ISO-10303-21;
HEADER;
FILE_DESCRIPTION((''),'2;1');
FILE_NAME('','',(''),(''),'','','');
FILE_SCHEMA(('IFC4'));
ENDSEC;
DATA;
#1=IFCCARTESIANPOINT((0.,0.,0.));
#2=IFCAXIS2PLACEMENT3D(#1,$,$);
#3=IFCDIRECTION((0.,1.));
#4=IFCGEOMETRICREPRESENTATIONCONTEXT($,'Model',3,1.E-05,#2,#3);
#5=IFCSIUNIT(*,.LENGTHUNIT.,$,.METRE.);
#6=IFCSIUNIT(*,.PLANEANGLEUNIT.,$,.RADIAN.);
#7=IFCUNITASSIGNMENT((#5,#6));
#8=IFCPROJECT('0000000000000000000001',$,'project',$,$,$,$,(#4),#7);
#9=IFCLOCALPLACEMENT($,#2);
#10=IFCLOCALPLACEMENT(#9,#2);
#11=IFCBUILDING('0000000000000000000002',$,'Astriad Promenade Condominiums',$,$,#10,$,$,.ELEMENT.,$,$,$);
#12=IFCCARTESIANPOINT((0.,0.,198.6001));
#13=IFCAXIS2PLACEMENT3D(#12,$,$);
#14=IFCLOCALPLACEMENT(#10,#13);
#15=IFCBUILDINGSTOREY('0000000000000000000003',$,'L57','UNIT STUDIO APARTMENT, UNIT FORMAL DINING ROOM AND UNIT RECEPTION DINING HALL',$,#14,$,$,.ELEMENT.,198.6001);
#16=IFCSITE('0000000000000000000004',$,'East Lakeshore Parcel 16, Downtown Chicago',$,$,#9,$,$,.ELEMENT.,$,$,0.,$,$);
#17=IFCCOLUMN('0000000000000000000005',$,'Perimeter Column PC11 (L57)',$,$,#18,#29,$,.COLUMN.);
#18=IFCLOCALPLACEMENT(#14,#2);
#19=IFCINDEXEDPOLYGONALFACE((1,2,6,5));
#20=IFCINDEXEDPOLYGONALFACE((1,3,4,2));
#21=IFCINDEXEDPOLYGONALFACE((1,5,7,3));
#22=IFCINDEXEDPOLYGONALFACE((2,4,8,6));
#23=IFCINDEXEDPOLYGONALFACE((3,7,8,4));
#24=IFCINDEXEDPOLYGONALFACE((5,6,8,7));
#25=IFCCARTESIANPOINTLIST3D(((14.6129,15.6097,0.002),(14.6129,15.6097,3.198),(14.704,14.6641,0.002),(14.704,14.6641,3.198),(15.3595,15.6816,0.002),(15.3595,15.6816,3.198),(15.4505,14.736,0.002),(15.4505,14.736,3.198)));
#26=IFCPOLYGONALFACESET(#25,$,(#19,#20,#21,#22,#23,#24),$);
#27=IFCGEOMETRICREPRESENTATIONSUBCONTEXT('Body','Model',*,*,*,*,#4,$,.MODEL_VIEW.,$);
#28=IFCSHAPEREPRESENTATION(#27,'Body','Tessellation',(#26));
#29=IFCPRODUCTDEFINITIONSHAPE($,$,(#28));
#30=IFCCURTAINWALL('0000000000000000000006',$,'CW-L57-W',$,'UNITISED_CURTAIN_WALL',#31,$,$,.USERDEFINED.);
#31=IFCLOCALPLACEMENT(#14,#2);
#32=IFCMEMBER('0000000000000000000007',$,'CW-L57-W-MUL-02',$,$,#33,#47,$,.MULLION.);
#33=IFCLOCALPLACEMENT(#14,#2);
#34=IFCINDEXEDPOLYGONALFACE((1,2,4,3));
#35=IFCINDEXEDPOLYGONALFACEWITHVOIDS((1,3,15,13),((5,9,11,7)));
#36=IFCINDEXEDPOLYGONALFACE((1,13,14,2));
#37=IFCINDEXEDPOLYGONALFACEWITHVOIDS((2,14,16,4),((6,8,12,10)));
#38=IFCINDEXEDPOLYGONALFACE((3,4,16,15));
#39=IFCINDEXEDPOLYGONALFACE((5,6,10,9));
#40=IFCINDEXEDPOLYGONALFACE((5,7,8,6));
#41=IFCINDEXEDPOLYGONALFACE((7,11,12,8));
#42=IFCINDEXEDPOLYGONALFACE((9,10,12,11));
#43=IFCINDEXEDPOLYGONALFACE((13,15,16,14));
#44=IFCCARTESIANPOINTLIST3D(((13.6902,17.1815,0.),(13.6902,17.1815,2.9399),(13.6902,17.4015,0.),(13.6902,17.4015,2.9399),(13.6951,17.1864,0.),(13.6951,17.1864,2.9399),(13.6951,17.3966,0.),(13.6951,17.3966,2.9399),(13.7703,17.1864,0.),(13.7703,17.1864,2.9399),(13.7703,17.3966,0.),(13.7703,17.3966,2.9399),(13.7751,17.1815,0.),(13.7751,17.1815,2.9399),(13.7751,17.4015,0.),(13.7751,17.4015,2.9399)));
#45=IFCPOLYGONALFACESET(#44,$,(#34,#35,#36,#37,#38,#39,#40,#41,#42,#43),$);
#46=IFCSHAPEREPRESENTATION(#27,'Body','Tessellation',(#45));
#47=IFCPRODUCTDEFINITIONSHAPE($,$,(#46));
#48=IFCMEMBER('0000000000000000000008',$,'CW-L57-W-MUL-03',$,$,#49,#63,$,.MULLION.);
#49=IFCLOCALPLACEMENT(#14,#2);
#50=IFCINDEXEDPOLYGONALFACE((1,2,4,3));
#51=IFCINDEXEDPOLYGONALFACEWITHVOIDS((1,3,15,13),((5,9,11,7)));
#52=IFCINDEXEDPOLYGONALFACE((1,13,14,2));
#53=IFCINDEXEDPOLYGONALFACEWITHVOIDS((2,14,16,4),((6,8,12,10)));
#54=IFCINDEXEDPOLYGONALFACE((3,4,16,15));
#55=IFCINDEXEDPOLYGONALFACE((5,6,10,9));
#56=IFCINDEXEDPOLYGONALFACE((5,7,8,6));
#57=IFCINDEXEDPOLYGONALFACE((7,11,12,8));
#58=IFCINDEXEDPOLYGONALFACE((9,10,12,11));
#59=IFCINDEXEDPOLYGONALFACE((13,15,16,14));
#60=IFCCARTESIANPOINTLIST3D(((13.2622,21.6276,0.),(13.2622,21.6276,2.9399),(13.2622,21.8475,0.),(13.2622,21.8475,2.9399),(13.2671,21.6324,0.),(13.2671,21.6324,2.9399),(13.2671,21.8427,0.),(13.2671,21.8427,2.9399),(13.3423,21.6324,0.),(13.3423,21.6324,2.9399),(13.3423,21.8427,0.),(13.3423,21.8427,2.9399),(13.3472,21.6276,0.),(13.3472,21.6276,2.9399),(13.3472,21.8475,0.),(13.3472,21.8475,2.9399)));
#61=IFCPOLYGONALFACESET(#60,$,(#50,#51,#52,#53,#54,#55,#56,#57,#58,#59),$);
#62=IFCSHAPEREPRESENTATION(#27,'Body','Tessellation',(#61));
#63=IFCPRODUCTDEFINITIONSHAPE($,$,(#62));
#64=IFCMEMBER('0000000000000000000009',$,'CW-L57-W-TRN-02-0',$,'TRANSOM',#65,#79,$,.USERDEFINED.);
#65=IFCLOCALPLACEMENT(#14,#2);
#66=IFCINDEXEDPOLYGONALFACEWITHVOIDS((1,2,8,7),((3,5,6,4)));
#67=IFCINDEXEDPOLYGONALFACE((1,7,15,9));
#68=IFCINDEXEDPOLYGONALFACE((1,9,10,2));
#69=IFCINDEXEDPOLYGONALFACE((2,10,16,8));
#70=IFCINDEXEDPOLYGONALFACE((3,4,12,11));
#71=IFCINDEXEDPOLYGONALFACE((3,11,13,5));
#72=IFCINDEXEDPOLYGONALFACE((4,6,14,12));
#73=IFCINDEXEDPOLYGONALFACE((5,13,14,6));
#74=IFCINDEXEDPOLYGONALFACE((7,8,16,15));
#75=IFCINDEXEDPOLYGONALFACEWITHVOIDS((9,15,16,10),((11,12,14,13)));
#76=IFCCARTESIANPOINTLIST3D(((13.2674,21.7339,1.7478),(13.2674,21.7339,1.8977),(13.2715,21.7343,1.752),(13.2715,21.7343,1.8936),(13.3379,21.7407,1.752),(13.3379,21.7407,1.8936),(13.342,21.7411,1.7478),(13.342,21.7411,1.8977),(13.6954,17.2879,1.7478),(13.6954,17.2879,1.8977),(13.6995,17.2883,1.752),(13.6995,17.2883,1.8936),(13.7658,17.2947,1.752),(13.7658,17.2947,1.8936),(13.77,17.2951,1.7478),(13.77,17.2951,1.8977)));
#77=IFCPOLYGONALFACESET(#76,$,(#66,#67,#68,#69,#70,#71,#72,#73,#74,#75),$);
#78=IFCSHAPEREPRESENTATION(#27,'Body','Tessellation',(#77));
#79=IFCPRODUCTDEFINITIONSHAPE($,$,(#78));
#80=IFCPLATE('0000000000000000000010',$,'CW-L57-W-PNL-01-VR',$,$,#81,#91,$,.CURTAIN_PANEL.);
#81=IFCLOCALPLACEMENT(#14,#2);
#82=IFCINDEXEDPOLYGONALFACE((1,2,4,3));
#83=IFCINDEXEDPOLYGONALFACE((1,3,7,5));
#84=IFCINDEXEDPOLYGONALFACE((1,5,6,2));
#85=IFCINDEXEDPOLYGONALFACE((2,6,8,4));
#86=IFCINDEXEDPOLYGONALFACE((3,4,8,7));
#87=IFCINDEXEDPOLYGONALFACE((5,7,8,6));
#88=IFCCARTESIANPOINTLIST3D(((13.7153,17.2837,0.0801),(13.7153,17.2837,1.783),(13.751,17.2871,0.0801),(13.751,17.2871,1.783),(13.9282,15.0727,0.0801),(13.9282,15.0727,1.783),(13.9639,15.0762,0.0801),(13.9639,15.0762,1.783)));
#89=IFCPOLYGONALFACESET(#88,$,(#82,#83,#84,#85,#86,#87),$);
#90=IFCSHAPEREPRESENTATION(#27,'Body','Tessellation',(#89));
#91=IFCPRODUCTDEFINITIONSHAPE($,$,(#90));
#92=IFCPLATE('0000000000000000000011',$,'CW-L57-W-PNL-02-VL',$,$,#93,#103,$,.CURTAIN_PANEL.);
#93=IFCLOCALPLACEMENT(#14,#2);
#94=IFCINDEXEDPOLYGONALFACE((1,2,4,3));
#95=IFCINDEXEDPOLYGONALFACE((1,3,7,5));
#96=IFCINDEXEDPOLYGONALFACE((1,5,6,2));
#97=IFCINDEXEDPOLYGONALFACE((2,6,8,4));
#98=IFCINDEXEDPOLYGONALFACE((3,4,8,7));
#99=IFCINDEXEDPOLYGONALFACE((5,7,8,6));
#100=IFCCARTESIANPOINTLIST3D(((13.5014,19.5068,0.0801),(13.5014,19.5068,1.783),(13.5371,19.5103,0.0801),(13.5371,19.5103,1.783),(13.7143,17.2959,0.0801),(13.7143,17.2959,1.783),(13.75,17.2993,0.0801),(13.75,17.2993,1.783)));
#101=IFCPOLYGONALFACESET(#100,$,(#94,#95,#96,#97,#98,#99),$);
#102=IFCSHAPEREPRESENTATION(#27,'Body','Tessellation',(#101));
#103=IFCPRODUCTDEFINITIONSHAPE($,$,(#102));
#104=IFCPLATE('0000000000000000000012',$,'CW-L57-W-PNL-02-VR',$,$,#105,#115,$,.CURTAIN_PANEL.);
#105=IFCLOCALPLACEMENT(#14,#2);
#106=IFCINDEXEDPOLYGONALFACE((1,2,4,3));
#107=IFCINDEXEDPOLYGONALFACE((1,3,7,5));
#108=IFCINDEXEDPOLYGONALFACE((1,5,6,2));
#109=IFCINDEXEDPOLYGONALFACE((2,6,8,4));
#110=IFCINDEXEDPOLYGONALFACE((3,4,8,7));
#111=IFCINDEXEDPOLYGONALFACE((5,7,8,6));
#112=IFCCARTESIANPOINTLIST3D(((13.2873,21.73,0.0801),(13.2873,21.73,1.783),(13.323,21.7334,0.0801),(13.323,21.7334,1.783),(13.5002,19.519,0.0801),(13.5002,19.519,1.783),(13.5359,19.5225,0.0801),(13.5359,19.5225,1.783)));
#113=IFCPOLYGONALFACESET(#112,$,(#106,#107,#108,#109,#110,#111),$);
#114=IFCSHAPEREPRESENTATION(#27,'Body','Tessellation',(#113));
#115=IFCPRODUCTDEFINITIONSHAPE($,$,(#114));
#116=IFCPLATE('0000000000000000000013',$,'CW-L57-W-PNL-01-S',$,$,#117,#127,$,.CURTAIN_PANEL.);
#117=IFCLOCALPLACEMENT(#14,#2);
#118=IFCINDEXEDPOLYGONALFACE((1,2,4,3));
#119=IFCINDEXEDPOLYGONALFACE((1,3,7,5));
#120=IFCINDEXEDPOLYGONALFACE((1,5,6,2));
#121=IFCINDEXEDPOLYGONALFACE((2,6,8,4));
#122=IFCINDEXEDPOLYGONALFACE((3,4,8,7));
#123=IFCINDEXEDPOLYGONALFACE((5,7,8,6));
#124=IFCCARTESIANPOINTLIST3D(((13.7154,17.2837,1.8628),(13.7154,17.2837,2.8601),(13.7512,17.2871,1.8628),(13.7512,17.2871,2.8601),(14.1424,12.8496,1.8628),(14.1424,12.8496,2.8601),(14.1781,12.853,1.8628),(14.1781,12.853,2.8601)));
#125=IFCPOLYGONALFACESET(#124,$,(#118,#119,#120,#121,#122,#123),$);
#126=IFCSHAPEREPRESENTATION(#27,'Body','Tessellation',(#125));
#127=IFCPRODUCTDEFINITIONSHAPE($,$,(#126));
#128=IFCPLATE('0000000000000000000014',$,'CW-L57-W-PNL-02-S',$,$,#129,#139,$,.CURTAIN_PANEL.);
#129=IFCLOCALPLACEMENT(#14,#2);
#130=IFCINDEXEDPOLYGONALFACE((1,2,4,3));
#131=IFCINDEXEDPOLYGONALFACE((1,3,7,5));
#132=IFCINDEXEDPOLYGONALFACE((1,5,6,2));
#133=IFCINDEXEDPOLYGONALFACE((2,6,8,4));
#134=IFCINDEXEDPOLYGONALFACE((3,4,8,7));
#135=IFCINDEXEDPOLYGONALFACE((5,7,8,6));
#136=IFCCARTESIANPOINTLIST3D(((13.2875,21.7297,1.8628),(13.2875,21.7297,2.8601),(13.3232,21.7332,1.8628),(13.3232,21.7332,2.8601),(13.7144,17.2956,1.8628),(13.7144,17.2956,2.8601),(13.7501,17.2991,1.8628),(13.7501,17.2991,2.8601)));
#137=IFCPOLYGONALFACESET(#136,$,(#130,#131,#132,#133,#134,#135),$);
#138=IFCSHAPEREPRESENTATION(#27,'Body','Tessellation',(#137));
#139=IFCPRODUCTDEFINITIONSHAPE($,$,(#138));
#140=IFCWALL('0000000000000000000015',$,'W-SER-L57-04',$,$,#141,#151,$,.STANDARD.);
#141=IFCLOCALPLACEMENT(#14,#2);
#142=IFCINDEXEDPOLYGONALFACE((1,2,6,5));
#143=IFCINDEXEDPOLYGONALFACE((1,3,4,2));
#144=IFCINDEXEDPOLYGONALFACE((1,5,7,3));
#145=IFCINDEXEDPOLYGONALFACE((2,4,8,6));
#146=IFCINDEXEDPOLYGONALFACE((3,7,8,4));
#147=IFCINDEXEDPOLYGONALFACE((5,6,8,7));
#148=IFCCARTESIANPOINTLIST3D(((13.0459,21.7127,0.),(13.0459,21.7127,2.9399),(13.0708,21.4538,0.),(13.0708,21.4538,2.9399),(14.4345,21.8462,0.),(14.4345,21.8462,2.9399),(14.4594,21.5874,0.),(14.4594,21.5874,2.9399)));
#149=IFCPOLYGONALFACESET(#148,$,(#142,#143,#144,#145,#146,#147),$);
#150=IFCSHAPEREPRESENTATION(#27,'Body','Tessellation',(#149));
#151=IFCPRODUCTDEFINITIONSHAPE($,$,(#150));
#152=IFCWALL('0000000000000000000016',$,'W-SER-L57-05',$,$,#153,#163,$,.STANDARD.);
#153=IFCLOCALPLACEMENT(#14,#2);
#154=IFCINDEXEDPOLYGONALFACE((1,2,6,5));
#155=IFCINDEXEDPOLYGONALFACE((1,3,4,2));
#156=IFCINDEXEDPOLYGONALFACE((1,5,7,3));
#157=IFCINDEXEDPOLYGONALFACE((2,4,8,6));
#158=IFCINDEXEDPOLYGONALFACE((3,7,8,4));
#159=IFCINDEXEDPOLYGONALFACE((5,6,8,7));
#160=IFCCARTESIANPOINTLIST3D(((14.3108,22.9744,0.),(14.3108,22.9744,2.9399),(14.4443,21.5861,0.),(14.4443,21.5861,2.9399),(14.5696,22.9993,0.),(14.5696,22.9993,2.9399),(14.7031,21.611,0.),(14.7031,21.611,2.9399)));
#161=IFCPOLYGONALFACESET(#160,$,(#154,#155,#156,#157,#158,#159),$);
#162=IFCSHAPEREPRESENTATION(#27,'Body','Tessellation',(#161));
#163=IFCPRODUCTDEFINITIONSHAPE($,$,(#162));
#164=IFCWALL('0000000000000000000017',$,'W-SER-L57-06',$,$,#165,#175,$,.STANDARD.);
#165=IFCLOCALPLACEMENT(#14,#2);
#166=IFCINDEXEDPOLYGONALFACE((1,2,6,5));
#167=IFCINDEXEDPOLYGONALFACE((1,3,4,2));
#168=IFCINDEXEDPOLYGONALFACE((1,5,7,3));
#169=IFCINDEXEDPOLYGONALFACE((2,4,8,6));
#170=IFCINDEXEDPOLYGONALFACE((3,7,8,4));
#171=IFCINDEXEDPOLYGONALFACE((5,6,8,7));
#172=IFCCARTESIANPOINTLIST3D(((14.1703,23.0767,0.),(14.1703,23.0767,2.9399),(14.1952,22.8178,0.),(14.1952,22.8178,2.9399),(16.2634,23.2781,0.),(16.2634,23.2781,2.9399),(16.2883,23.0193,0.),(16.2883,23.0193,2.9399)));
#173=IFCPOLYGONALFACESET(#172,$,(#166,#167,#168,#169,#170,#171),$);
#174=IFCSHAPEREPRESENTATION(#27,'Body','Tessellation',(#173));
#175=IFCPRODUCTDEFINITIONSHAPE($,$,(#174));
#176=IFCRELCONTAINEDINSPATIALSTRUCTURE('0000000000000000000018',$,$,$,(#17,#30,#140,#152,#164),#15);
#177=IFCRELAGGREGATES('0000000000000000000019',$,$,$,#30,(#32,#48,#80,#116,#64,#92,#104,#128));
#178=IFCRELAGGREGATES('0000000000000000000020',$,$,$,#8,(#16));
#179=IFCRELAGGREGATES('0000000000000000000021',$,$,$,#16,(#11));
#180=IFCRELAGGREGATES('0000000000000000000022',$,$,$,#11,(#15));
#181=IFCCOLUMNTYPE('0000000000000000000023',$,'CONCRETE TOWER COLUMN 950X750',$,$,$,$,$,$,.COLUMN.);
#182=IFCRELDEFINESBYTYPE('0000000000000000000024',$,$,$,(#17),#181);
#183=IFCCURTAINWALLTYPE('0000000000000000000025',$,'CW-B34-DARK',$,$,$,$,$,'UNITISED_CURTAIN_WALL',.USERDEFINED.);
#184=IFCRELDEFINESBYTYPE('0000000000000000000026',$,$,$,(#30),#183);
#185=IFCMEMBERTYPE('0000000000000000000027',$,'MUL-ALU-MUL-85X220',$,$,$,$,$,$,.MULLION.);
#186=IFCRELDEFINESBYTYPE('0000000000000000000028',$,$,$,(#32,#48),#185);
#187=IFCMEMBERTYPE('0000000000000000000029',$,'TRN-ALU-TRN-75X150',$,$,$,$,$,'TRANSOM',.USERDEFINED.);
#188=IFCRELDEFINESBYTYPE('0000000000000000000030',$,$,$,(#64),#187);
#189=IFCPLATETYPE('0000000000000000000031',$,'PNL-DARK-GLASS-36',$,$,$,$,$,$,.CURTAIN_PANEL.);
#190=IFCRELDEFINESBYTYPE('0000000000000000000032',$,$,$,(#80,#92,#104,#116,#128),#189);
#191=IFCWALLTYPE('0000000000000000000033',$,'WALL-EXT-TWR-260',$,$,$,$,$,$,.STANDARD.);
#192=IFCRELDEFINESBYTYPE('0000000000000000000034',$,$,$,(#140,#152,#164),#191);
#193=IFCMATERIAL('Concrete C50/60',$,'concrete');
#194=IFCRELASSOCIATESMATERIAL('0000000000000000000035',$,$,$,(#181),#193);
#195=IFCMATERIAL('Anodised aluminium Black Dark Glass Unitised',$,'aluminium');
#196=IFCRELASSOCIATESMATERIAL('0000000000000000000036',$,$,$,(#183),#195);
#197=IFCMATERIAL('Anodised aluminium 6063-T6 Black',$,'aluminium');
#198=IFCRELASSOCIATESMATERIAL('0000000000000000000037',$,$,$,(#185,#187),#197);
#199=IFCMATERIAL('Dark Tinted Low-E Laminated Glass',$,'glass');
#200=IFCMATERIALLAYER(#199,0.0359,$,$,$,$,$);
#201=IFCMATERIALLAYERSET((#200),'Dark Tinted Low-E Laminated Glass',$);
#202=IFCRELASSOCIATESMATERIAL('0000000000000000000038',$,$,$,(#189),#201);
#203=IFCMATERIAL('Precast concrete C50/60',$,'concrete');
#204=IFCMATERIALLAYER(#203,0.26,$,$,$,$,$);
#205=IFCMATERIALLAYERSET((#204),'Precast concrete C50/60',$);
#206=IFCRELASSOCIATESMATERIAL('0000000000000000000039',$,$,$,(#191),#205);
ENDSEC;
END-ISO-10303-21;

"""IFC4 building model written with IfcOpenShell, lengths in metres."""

from ifc_helpers import new_model, si_unit, direction, frame, frame_2d, origin, origin_2d, place, context, subcontext, project, spatial, rectangle, hollow_rectangle, extrude, source, transform, mapped, material, layer, layer_set, material_profile, profile_set, type_object, type_shapes, element, aggregate, save


model = new_model("IFC4")

# Units and contexts
model_context = context("Model", 3, precision=1e-05, world=origin(), true_north=direction((0.0, 1.0)))
body_context = subcontext(model_context, "Body", "Model", "MODEL_VIEW")
ifc_project = project(units=[si_unit("LENGTHUNIT", "METRE"), si_unit("PLANEANGLEUNIT", "RADIAN")], contexts=[model_context])

# Site, building, storey
site_placement = place(None, origin())
site = spatial("IfcSite", under=ifc_project, at=site_placement, Name="East Lakeshore Parcel 16, Downtown Chicago", CompositionType="ELEMENT", RefElevation=0.0)
building_placement = place(site_placement, origin())
building = spatial("IfcBuilding", under=site, at=building_placement, Name="Astriad Promenade Condominiums", CompositionType="ELEMENT")
storey_placement = place(building_placement, frame((0.0, 0.0, 198.6001)))
storey = spatial("IfcBuildingStorey", under=building, at=storey_placement, Name="L57", Description="UNIT STUDIO APARTMENT, UNIT FORMAL DINING ROOM AND UNIT RECEPTION DINING HALL", CompositionType="ELEMENT", Elevation=198.6001)

# Column
ifc_material_1 = material(Name="Concrete C50/60", Category="concrete")
ifc_material_profile_1 = material_profile(ifc_material_1, rectangle(XDim=0.75, YDim=0.95, at=origin_2d()), Name="RC-COL-950X750")
ifc_profile_set_1 = profile_set([ifc_material_profile_1], Name="Concrete C50/60")
column_type = type_object("IfcColumnType", Name="CONCRETE TOWER COLUMN 950X750", PredefinedType="COLUMN", material=ifc_profile_set_1)
shared_shape_1 = source(origin(), body_context, "Body", "SweptSolid", [
    extrude(rectangle(XDim=0.75, YDim=0.95, at=origin_2d()), origin(), (0.0, 0.0, 1.0), 3.196),
])
type_shapes(column_type, [shared_shape_1])
column_placement = place(storey_placement, frame((15.0317, 15.1729, 0.002), z_axis=(0.0, 0.0, 1.0), x_axis=(0.995396, 0.095846, 0.0)))
element("IfcColumn", 1, at=column_placement, inside=storey, type_object=column_type, Name="Perimeter Column PC11 (L57)", PredefinedType="COLUMN", context=body_context, shape_type="MappedRepresentation", body=[
    mapped(shared_shape_1, transform((0.0, 0.0, 0.0), scale=1.0)),
])

# Curtain wall, members, plates
ifc_material_2 = material(Name="Anodised aluminium Black Dark Glass Unitised", Category="aluminium")
curtain_wall_type = type_object("IfcCurtainWallType", Name="CW-B34-DARK", ElementType="UNITISED_CURTAIN_WALL", PredefinedType="USERDEFINED", material=ifc_material_2)
curtain_wall_placement = place(storey_placement, origin())
curtain_wall = element("IfcCurtainWall", 2, at=curtain_wall_placement, inside=storey, type_object=curtain_wall_type, Name="CW-L57-W", ObjectType="UNITISED_CURTAIN_WALL", PredefinedType="USERDEFINED")
ifc_material_3 = material(Name="Anodised aluminium 6063-T6 Black", Category="aluminium")
ifc_material_profile_2 = material_profile(ifc_material_3, hollow_rectangle(XDim=0.085, YDim=0.22, WallThickness=0.0049, at=origin_2d()), Name="ALU-MUL-85X220")
ifc_profile_set_2 = profile_set([ifc_material_profile_2], Name="Anodised aluminium 6063-T6 Black")
member_type_1 = type_object("IfcMemberType", Name="MUL-ALU-MUL-85X220", PredefinedType="MULLION", material=ifc_profile_set_2)
shared_shape_2 = source(origin(), body_context, "Body", "SweptSolid", [
    extrude(hollow_rectangle(XDim=0.085, YDim=0.22, WallThickness=0.0049, at=origin_2d()), origin(), (0.0, 0.0, 1.0), 2.9399),
])
type_shapes(member_type_1, [shared_shape_2])
member_1_placement = place(storey_placement, frame((13.7327, 17.2915, 0.0), z_axis=(0.0, 0.0, 1.0), x_axis=(1.0, 0.0, 0.0)))
member_1 = element("IfcMember", 3, at=member_1_placement, type_object=member_type_1, Name="CW-L57-W-MUL-02", PredefinedType="MULLION", context=body_context, shape_type="MappedRepresentation", body=[
    mapped(shared_shape_2, transform((0.0, 0.0, 0.0), scale=1.0)),
])
member_2_placement = place(storey_placement, frame((13.3047, 21.7375, 0.0), z_axis=(0.0, 0.0, 1.0), x_axis=(1.0, 0.0, 0.0)))
member_2 = element("IfcMember", 4, at=member_2_placement, type_object=member_type_1, Name="CW-L57-W-MUL-03", PredefinedType="MULLION", context=body_context, shape_type="MappedRepresentation", body=[
    mapped(shared_shape_2, transform((0.0, 0.0, 0.0), scale=1.0)),
])
ifc_material_profile_3 = material_profile(ifc_material_3, hollow_rectangle(XDim=0.075, YDim=0.1499, WallThickness=0.0042, at=origin_2d()), Name="ALU-TRN-75X150")
ifc_profile_set_3 = profile_set([ifc_material_profile_3], Name="Anodised aluminium 6063-T6 Black")
member_type_2 = type_object("IfcMemberType", Name="TRN-ALU-TRN-75X150", ElementType="TRANSOM", PredefinedType="USERDEFINED", material=ifc_profile_set_3)
shared_shape_3 = source(origin(), body_context, "Body", "SweptSolid", [
    extrude(hollow_rectangle(XDim=0.075, YDim=0.1499, WallThickness=0.0042, at=origin_2d()), origin(), (0.0, 0.0, 1.0), 4.4666),
])
type_shapes(member_type_2, [shared_shape_3])
member_3_placement = place(storey_placement, frame((13.7327, 17.2915, 1.8228), z_axis=(-0.095818, 0.995399, 0.0), x_axis=(-0.995399, -0.095818, 0.0)))
member_3 = element("IfcMember", 5, at=member_3_placement, type_object=member_type_2, Name="CW-L57-W-TRN-02-0", ObjectType="TRANSOM", PredefinedType="USERDEFINED", context=body_context, shape_type="MappedRepresentation", body=[
    mapped(shared_shape_3, transform((0.0, 0.0, 0.0), scale=1.0)),
])
ifc_material_4 = material(Name="Dark Tinted Low-E Laminated Glass", Category="glass")
ifc_layer_1 = layer(ifc_material_4, 0.0359)
ifc_layer_set_1 = layer_set([ifc_layer_1], Name="Dark Tinted Low-E Laminated Glass")
plate_type = type_object("IfcPlateType", Name="PNL-DARK-GLASS-36", PredefinedType="CURTAIN_PANEL", material=ifc_layer_set_1)
shared_shape_4 = source(origin(), body_context, "Body", "SweptSolid", [
    extrude(rectangle(XDim=2.2212, YDim=0.0359, at=origin_2d()), origin(), (0.0, 0.0, 1.0), 1.7029),
])
plate_1_placement = place(storey_placement, frame((13.8396, 16.1799, 0.0801), z_axis=(0.0, 0.0, 1.0), x_axis=(-0.095846, 0.995396, 0.0)))
plate_1 = element("IfcPlate", 6, at=plate_1_placement, type_object=plate_type, Name="CW-L57-W-PNL-01-VR", PredefinedType="CURTAIN_PANEL", context=body_context, shape_type="MappedRepresentation", body=[
    mapped(shared_shape_4, transform((0.0, 0.0, 0.0), scale=1.0)),
])
plate_2_placement = place(storey_placement, frame((13.6257, 18.4031, 0.0801), z_axis=(0.0, 0.0, 1.0), x_axis=(-0.095846, 0.995396, 0.0)))
plate_2 = element("IfcPlate", 7, at=plate_2_placement, type_object=plate_type, Name="CW-L57-W-PNL-02-VL", PredefinedType="CURTAIN_PANEL", context=body_context, shape_type="MappedRepresentation", body=[
    mapped(shared_shape_4, transform((0.0, 0.0, 0.0), scale=1.0)),
])
plate_3_placement = place(storey_placement, frame((13.4116, 20.6262, 0.0801), z_axis=(0.0, 0.0, 1.0), x_axis=(-0.095846, 0.995396, 0.0)))
plate_3 = element("IfcPlate", 8, at=plate_3_placement, type_object=plate_type, Name="CW-L57-W-PNL-02-VR", PredefinedType="CURTAIN_PANEL", context=body_context, shape_type="MappedRepresentation", body=[
    mapped(shared_shape_4, transform((0.0, 0.0, 0.0), scale=1.0)),
])
shared_shape_5 = source(origin(), body_context, "Body", "SweptSolid", [
    extrude(rectangle(XDim=4.4546, YDim=0.0359, at=origin_2d()), origin(), (0.0, 0.0, 1.0), 0.9973),
])
type_shapes(plate_type, [shared_shape_4, shared_shape_5])
plate_4_placement = place(storey_placement, frame((13.9468, 15.0684, 1.8628), z_axis=(0.0, 0.0, 1.0), x_axis=(-0.095846, 0.995396, 0.0)))
plate_4 = element("IfcPlate", 9, at=plate_4_placement, type_object=plate_type, Name="CW-L57-W-PNL-01-S", PredefinedType="CURTAIN_PANEL", context=body_context, shape_type="MappedRepresentation", body=[
    mapped(shared_shape_5, transform((0.0, 0.0, 0.0), scale=1.0)),
])
plate_5_placement = place(storey_placement, frame((13.5188, 19.5144, 1.8628), z_axis=(0.0, 0.0, 1.0), x_axis=(-0.095846, 0.995396, 0.0)))
plate_5 = element("IfcPlate", 10, at=plate_5_placement, type_object=plate_type, Name="CW-L57-W-PNL-02-S", PredefinedType="CURTAIN_PANEL", context=body_context, shape_type="MappedRepresentation", body=[
    mapped(shared_shape_5, transform((0.0, 0.0, 0.0), scale=1.0)),
])
aggregate(curtain_wall, [member_1, member_2, plate_1, plate_4, member_3, plate_2, plate_3, plate_5])

# Walls
ifc_material_5 = material(Name="Precast concrete C50/60", Category="concrete")
ifc_layer_2 = layer(ifc_material_5, 0.26)
ifc_layer_set_2 = layer_set([ifc_layer_2], Name="Precast concrete C50/60")
wall_type_1 = type_object("IfcWallType", Name="WALL-EXT-TWR-260", PredefinedType="STANDARD", material=ifc_layer_set_2)
wall_1_placement = place(storey_placement, frame((13.0583, 21.5833, 0.0), z_axis=(0.0, 0.0, 1.0), x_axis=(0.995408, 0.095726, 0.0)))
element("IfcWall", 11, at=wall_1_placement, inside=storey, type_object=wall_type_1, Name="W-SER-L57-04", PredefinedType="STANDARD", context=body_context, shape_type="SweptSolid", body=[
    extrude(rectangle(XDim=1.395, YDim=0.26, at=frame_2d((0.6975, 0.0))), origin(), (0.0, 0.0, 1.0), 2.9399),
])
wall_2_placement = place(storey_placement, frame((14.5737, 21.5986, 0.0), z_axis=(0.0, 0.0, 1.0), x_axis=(-0.095742, 0.995406, 0.0)))
element("IfcWall", 12, at=wall_2_placement, inside=storey, type_object=wall_type_1, Name="W-SER-L57-05", PredefinedType="STANDARD", context=body_context, shape_type="SweptSolid", body=[
    extrude(rectangle(XDim=1.3948, YDim=0.26, at=frame_2d((0.6973, 0.0))), origin(), (0.0, 0.0, 1.0), 2.9399),
])
wall_3_placement = place(storey_placement, frame((14.1829, 22.9473, 0.0), z_axis=(0.0, 0.0, 1.0), x_axis=(0.995402, 0.09579, 0.0)))
element("IfcWall", 13, at=wall_3_placement, inside=storey, type_object=wall_type_1, Name="W-SER-L57-06", PredefinedType="STANDARD", context=body_context, shape_type="SweptSolid", body=[
    extrude(rectangle(XDim=2.1028, YDim=0.26, at=frame_2d((1.0513, 0.0))), origin(), (0.0, 0.0, 1.0), 2.9399),
])

save(model, "model.ifc")
